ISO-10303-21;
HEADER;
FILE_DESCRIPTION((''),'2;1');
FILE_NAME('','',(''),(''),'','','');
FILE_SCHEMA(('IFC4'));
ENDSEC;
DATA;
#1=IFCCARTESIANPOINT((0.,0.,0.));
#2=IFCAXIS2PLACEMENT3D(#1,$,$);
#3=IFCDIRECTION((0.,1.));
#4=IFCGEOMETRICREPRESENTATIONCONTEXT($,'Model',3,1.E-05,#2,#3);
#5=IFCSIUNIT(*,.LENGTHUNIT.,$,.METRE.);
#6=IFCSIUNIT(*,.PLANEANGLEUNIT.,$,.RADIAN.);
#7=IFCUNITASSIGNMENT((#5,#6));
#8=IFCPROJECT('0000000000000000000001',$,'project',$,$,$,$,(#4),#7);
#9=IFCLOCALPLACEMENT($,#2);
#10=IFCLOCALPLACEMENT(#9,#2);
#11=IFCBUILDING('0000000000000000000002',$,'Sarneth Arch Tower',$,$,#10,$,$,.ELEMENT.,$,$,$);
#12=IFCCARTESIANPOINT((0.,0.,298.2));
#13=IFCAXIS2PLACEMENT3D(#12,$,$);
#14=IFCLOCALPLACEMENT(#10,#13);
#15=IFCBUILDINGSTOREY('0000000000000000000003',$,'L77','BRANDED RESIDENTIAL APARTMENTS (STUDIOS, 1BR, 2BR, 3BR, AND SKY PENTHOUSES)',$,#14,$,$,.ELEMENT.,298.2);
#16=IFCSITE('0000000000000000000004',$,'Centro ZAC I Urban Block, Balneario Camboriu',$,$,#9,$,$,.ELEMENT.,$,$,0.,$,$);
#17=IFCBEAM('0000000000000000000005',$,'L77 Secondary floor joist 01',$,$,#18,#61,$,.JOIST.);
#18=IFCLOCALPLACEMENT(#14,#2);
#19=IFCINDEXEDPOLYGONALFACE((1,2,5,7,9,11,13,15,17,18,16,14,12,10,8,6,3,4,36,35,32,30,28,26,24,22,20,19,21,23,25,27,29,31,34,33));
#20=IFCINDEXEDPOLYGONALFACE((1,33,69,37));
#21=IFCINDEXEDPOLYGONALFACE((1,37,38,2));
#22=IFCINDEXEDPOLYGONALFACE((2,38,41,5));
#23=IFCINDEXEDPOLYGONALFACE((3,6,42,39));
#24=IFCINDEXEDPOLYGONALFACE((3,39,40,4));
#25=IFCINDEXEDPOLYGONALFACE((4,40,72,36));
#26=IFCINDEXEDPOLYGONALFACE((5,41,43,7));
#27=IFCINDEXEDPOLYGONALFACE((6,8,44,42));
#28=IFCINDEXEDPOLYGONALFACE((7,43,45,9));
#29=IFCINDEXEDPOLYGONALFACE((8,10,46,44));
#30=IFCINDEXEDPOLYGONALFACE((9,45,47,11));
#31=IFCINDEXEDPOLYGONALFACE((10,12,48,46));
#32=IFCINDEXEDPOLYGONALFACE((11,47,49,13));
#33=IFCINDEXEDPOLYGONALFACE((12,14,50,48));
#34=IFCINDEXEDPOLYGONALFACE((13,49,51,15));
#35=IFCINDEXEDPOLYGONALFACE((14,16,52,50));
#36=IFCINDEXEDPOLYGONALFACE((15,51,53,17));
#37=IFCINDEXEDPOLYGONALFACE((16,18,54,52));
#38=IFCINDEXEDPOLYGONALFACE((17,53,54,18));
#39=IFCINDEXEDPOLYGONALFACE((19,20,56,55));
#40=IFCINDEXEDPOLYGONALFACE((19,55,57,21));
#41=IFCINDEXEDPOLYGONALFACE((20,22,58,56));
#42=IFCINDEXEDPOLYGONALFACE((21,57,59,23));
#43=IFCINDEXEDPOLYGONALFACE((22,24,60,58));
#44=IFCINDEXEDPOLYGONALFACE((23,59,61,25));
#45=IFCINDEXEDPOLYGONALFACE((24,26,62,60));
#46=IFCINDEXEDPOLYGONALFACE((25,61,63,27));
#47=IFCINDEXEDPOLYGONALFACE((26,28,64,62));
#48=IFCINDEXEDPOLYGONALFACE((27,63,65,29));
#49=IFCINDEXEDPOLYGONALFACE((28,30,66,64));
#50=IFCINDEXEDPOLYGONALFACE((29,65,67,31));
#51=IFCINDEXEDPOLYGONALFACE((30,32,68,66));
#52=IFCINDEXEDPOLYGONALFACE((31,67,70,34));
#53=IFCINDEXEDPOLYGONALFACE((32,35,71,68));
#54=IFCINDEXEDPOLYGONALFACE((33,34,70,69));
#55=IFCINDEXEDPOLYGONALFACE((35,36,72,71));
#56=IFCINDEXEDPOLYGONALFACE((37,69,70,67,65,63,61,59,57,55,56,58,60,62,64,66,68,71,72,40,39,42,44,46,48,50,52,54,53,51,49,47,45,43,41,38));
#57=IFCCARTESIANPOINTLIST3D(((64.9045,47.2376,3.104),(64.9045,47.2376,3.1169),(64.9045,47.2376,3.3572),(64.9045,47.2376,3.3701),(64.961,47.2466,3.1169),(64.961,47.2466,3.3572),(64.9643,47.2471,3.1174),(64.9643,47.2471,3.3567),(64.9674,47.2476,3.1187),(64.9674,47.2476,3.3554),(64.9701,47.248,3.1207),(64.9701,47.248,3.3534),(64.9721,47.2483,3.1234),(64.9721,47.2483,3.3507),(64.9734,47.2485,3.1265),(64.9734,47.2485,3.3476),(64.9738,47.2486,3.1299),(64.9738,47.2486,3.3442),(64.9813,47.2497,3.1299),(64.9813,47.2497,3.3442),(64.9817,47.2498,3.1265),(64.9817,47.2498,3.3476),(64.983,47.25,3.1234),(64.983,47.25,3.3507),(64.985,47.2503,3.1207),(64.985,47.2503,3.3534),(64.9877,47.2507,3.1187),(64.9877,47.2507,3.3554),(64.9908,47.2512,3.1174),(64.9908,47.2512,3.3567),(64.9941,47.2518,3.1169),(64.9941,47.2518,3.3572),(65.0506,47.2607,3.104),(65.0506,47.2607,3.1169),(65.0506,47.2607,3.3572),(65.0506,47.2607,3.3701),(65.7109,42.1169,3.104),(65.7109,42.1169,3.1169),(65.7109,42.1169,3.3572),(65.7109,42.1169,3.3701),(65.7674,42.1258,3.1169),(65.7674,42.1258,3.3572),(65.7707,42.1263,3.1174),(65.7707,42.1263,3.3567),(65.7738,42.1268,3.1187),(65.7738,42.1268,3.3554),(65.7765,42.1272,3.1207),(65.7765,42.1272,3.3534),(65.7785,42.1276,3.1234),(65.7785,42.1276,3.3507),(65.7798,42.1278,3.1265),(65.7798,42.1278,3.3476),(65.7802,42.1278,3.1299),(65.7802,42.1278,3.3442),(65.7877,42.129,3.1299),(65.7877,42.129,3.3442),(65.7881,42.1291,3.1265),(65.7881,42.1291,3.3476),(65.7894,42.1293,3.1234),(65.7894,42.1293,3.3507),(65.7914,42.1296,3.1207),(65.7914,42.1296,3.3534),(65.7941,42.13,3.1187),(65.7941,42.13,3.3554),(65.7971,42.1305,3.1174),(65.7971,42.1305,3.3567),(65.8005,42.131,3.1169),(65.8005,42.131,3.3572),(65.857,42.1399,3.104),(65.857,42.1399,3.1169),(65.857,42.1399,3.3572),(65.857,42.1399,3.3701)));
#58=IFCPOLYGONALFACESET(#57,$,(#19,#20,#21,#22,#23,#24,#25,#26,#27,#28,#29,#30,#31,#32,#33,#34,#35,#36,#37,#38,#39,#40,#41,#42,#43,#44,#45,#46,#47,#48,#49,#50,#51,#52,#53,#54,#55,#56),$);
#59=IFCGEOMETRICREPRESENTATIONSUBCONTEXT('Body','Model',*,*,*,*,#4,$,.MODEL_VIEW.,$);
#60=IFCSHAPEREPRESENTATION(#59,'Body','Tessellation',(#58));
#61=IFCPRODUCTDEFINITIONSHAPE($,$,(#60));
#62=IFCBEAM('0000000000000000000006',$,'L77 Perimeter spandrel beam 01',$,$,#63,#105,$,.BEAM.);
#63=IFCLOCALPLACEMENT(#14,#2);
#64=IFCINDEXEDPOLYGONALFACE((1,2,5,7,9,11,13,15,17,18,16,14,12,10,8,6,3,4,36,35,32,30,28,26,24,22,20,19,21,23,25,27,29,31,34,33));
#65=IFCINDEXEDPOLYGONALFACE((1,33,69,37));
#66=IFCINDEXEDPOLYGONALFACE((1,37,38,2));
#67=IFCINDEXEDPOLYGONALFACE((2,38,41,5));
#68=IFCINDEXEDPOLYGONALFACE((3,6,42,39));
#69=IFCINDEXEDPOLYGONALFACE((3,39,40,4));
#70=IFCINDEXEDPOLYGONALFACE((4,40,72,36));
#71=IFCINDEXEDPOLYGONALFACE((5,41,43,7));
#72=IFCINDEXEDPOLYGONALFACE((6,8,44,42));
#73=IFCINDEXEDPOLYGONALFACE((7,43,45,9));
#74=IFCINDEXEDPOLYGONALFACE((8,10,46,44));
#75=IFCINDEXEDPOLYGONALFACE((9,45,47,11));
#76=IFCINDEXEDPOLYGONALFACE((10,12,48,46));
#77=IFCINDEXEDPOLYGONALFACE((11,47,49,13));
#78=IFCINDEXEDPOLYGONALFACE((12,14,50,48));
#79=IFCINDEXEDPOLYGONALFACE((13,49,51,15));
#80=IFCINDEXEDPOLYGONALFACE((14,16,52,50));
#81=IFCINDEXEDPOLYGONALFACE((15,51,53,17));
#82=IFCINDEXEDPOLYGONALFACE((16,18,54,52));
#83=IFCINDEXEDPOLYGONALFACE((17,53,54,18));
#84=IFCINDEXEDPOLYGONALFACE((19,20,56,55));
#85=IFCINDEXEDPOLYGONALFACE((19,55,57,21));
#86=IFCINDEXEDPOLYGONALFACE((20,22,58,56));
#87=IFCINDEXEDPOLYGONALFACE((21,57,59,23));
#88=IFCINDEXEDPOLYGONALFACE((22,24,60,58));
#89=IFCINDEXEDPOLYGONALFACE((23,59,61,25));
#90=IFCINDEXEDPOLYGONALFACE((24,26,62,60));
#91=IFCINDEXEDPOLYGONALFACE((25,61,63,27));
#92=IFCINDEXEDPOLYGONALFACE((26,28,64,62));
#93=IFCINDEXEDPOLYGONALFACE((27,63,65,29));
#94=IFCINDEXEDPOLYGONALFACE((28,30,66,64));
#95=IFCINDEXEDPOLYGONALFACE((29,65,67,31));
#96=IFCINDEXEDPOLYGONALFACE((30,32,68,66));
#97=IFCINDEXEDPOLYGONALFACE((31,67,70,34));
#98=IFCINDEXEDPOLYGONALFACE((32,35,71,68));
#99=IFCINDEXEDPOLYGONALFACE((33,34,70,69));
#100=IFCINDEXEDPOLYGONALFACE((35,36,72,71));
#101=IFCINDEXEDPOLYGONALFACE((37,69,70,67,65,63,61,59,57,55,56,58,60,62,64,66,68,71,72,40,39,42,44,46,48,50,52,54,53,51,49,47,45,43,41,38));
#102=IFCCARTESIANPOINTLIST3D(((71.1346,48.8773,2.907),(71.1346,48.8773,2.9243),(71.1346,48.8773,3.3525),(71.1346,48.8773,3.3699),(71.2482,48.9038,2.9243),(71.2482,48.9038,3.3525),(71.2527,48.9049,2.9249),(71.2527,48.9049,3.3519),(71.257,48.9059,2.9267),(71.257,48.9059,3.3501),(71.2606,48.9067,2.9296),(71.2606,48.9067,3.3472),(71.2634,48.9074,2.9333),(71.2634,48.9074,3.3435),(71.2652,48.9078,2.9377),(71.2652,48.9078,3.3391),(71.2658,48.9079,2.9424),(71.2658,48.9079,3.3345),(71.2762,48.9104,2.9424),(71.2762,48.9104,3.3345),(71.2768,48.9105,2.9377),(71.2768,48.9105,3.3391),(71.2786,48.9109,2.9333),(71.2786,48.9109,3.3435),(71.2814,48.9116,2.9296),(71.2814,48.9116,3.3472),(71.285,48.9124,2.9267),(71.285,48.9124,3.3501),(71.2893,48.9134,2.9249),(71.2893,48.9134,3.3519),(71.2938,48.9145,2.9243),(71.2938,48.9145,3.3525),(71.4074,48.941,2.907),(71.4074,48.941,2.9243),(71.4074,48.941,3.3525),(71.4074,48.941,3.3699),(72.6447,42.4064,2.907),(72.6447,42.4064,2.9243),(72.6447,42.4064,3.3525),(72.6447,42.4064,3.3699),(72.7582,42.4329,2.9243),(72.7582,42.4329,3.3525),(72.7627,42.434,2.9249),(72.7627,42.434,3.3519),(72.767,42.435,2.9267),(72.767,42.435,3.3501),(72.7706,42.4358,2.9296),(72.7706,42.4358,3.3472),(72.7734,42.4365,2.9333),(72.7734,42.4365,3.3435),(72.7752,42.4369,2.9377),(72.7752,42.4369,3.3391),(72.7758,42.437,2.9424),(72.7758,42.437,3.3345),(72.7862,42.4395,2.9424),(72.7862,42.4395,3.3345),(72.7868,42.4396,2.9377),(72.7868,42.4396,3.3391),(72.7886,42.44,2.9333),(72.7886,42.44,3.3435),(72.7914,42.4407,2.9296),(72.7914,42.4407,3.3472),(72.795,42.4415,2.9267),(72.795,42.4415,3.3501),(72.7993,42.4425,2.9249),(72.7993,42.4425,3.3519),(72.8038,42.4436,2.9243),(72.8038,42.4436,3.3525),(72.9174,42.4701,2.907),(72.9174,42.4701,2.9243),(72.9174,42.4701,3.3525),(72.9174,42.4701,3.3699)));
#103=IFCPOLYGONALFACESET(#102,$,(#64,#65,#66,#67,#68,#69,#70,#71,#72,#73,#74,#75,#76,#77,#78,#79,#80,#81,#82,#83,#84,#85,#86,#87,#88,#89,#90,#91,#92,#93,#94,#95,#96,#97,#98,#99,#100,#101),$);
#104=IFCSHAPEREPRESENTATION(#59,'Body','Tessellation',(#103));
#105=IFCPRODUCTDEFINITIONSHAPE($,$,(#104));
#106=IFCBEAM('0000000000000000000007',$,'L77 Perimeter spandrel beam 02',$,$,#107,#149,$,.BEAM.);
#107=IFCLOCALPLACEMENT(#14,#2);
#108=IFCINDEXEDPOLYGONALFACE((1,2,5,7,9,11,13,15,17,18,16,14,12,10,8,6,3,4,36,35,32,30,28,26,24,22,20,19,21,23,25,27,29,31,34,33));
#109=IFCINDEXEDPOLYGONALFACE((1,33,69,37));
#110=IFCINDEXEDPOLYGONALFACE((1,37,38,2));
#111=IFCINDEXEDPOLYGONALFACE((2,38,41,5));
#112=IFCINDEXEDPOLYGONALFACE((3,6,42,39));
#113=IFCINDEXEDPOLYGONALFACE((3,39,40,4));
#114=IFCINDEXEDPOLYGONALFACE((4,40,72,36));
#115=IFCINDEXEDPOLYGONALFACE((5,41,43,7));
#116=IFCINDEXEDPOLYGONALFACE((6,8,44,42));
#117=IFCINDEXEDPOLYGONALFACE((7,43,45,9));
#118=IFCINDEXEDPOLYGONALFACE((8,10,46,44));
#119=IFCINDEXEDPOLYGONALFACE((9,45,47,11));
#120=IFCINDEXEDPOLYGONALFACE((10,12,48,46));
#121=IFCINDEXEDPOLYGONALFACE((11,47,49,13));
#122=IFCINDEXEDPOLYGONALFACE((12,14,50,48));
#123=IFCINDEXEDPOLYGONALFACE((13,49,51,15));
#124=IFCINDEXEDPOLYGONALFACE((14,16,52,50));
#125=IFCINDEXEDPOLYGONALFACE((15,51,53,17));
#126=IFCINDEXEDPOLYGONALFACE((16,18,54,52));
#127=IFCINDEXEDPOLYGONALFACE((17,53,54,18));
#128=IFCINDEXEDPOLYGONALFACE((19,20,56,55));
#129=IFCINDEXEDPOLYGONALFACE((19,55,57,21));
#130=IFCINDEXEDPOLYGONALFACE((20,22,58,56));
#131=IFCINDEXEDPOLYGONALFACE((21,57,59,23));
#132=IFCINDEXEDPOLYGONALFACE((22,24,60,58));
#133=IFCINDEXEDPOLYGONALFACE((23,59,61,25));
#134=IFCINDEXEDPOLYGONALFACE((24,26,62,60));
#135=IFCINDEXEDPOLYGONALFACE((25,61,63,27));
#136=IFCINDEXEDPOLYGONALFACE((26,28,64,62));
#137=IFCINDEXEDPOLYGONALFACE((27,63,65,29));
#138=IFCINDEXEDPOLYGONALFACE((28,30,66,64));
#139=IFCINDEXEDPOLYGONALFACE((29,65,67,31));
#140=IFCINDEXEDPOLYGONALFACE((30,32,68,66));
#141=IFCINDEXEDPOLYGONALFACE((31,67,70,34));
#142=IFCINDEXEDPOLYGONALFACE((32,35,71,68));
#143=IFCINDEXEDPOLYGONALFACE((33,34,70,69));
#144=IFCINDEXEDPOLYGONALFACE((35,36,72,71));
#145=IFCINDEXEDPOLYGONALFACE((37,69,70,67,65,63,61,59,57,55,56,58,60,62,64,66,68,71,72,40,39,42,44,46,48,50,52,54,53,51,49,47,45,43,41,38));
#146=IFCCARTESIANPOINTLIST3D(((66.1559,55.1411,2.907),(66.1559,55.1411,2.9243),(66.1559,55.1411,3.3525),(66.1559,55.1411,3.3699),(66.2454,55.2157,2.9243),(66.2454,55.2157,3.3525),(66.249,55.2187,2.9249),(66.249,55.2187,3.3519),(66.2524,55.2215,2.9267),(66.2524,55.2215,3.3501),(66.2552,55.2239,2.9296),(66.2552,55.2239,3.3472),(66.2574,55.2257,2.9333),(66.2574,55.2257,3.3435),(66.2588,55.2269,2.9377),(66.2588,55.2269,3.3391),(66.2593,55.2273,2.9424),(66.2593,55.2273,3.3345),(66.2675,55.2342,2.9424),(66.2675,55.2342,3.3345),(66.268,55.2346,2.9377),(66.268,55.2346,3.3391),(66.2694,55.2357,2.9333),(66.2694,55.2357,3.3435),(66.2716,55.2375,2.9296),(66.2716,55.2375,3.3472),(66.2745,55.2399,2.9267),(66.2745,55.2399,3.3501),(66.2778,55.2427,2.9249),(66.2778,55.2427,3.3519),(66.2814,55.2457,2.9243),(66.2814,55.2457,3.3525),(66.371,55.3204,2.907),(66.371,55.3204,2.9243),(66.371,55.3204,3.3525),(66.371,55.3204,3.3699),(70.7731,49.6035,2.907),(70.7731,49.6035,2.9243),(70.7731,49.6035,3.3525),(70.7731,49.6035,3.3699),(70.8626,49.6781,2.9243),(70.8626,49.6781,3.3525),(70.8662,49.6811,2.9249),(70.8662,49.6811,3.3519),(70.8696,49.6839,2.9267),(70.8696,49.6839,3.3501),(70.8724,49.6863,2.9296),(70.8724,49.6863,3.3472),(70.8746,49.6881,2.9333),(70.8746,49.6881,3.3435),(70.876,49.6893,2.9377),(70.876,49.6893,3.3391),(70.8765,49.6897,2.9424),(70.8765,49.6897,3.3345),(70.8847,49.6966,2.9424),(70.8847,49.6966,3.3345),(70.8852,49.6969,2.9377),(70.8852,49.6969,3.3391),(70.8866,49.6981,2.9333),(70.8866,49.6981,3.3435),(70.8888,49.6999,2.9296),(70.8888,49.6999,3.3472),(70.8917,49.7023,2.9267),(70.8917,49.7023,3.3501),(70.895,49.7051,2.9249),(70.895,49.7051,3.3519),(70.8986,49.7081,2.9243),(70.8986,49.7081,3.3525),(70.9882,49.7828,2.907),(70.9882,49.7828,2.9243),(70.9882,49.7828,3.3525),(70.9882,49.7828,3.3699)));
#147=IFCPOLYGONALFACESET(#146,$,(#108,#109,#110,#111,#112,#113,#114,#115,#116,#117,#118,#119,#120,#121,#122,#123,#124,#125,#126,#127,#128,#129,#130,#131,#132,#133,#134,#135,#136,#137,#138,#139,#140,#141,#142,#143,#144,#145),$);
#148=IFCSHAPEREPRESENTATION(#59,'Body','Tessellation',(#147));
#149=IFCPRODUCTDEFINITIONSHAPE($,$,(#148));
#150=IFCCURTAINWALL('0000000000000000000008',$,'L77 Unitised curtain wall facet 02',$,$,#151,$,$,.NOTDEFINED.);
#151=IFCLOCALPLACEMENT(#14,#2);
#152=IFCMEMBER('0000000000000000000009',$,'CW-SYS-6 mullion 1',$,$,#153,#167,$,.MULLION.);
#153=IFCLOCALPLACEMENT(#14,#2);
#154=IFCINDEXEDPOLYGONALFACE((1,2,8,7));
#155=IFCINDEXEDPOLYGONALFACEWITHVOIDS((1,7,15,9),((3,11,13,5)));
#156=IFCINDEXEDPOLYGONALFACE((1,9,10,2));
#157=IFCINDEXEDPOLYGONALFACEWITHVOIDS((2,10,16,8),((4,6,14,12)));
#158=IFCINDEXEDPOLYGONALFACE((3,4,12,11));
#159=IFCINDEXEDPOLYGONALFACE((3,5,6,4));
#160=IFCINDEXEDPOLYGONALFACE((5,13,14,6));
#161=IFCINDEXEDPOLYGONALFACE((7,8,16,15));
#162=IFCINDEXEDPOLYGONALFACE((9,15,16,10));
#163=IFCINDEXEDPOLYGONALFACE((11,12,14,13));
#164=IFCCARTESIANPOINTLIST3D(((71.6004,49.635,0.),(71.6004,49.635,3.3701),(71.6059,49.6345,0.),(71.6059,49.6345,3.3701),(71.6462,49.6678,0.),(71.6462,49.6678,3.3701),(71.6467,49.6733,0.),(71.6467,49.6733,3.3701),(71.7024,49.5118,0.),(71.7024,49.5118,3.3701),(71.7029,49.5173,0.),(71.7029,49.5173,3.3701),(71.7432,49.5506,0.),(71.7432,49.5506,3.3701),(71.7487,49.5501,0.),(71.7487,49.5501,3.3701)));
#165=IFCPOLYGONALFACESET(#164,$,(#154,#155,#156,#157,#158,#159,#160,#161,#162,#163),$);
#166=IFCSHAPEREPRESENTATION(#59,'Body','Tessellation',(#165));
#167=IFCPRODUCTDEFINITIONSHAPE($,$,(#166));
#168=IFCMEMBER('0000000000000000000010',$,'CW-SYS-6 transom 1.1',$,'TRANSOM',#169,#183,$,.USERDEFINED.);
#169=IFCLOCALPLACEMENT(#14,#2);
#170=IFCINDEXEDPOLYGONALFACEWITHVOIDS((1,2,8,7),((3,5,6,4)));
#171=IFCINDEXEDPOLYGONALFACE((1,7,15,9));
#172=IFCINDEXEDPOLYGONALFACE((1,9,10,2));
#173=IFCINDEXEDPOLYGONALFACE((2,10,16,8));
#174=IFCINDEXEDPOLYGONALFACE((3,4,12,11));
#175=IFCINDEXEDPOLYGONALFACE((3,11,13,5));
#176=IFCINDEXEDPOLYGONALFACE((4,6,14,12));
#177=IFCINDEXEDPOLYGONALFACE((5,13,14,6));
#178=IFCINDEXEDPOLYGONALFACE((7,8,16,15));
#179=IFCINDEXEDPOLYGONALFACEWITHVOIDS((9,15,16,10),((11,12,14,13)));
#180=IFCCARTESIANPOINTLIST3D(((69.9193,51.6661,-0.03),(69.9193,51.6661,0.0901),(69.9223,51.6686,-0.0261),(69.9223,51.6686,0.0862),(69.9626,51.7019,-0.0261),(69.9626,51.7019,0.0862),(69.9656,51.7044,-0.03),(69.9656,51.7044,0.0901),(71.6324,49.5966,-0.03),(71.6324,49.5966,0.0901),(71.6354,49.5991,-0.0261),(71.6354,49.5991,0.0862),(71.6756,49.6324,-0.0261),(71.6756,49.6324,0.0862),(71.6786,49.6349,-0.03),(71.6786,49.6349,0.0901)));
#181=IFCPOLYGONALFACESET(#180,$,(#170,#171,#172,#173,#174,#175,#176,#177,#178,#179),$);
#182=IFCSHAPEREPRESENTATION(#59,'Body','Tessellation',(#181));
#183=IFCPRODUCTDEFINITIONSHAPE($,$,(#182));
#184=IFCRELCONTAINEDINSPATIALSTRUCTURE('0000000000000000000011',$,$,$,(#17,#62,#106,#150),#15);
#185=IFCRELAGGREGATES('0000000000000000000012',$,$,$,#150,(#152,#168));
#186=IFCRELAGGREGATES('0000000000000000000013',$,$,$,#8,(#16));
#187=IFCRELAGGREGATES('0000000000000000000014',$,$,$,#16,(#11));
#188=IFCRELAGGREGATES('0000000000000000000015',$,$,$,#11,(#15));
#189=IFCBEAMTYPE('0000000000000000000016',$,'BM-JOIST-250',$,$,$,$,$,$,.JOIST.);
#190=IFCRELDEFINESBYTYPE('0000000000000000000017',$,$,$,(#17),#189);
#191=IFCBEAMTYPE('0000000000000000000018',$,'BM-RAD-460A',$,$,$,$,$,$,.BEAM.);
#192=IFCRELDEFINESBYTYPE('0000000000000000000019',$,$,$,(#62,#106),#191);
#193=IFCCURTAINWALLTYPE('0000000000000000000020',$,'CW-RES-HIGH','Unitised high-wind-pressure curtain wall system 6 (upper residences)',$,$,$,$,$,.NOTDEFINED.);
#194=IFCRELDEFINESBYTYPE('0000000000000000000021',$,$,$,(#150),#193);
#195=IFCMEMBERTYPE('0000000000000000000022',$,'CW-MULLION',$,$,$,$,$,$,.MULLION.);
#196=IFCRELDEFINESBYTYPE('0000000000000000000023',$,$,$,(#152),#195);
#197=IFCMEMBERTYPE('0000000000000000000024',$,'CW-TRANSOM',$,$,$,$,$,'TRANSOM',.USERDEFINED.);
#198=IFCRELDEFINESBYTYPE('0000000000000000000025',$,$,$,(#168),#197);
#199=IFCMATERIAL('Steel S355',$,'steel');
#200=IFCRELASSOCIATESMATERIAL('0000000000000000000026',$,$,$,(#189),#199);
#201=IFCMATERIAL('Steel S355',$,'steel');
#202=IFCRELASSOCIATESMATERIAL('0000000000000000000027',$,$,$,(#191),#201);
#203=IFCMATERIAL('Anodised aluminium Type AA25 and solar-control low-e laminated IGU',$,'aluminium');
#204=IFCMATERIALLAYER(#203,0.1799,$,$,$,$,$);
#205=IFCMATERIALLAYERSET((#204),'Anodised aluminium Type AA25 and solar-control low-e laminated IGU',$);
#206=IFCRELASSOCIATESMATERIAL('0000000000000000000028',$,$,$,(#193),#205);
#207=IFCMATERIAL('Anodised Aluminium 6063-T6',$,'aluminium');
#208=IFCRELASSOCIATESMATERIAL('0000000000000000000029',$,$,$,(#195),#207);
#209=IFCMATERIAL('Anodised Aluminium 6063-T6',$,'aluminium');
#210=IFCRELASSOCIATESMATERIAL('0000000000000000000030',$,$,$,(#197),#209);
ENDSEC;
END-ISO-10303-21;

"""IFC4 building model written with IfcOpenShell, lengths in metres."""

from ifc_helpers import new_model, si_unit, direction, frame, origin, origin_2d, place, context, subcontext, project, spatial, hollow_rectangle, i_section, extrude, material, layer, layer_set, material_profile, profile_set, type_object, element, aggregate, save


model = new_model("IFC4")

# Units and contexts
model_context = context("Model", 3, precision=1e-05, world=origin(), true_north=direction((0.0, 1.0)))
body_context = subcontext(model_context, "Body", "Model", "MODEL_VIEW")
ifc_project = project(units=[si_unit("LENGTHUNIT", "METRE"), si_unit("PLANEANGLEUNIT", "RADIAN")], contexts=[model_context])

# Site, building, storey
site_placement = place(None, origin())
site = spatial("IfcSite", under=ifc_project, at=site_placement, Name="Centro ZAC I Urban Block, Balneario Camboriu", CompositionType="ELEMENT", RefElevation=0.0)
building_placement = place(site_placement, origin())
building = spatial("IfcBuilding", under=site, at=building_placement, Name="Sarneth Arch Tower", CompositionType="ELEMENT")
storey_placement = place(building_placement, frame((0.0, 0.0, 298.2)))
storey = spatial("IfcBuildingStorey", under=building, at=storey_placement, Name="L77", Description="BRANDED RESIDENTIAL APARTMENTS (STUDIOS, 1BR, 2BR, 3BR, AND SKY PENTHOUSES)", CompositionType="ELEMENT", Elevation=298.2)

# Beams
ifc_material_1 = material(Name="Steel S355", Category="steel")
ifc_material_profile_1 = material_profile(ifc_material_1, i_section(OverallWidth=0.1479, OverallDepth=0.2661, WebThickness=0.0076, FlangeThickness=0.0129, FilletRadius=0.0129, at=origin_2d()), Name="W250x44.8")
ifc_profile_set_1 = profile_set([ifc_material_profile_1], Name="Steel S355")
beam_type_1 = type_object("IfcBeamType", Name="BM-JOIST-250", PredefinedType="JOIST", material=ifc_profile_set_1)
beam_1_placement = place(storey_placement, frame((65.7839, 42.1284, 3.2371), z_axis=(-0.155556, 0.987827, 0.0), x_axis=(-0.987827, -0.155556, 0.0)))
element("IfcBeam", 1, at=beam_1_placement, inside=storey, type_object=beam_type_1, Name="L77 Secondary floor joist 01", PredefinedType="JOIST", context=body_context, shape_type="SweptSolid", body=[
    extrude(i_section(OverallWidth=0.1479, OverallDepth=0.2661, WebThickness=0.0076, FlangeThickness=0.0129, FilletRadius=0.0129, at=origin_2d()), origin(), (0.0, 0.0, 1.0), 5.1838),
])
ifc_material_2 = material(Name="Steel S355", Category="steel")
ifc_material_profile_2 = material_profile(ifc_material_2, i_section(OverallWidth=0.28, OverallDepth=0.4629, WebThickness=0.0107, FlangeThickness=0.0173, FilletRadius=0.0181, at=origin_2d()), Name="W460x113")
ifc_profile_set_2 = profile_set([ifc_material_profile_2], Name="Steel S355")
beam_type_2 = type_object("IfcBeamType", Name="BM-RAD-460A", PredefinedType="BEAM", material=ifc_profile_set_2)
beam_2_placement = place(storey_placement, frame((72.781, 42.4382, 3.1384), z_axis=(-0.227247, 0.973837, 0.0), x_axis=(-0.973837, -0.227247, 0.0)))
element("IfcBeam", 2, at=beam_2_placement, inside=storey, type_object=beam_type_2, Name="L77 Perimeter spandrel beam 01", PredefinedType="BEAM", context=body_context, shape_type="SweptSolid", body=[
    extrude(i_section(OverallWidth=0.28, OverallDepth=0.4629, WebThickness=0.0107, FlangeThickness=0.0173, FilletRadius=0.0181, at=origin_2d()), origin(), (0.0, 0.0, 1.0), 6.6448),
])
beam_3_placement = place(storey_placement, frame((70.8806, 49.6931, 3.1384), z_axis=(-0.640391, 0.768049, 0.0), x_axis=(-0.768049, -0.640391, 0.0)))
element("IfcBeam", 3, at=beam_3_placement, inside=storey, type_object=beam_type_2, Name="L77 Perimeter spandrel beam 02", PredefinedType="BEAM", context=body_context, shape_type="SweptSolid", body=[
    extrude(i_section(OverallWidth=0.28, OverallDepth=0.4629, WebThickness=0.0107, FlangeThickness=0.0173, FilletRadius=0.0181, at=origin_2d()), origin(), (0.0, 0.0, 1.0), 7.21),
])

# Curtain wall, members
ifc_material_3 = material(Name="Anodised aluminium Type AA25 and solar-control low-e laminated IGU", Category="aluminium")
ifc_layer_1 = layer(ifc_material_3, 0.1799)
ifc_layer_set_1 = layer_set([ifc_layer_1], Name="Anodised aluminium Type AA25 and solar-control low-e laminated IGU")
curtain_wall_type = type_object("IfcCurtainWallType", Name="CW-RES-HIGH", Description="Unitised high-wind-pressure curtain wall system 6 (upper residences)", PredefinedType="NOTDEFINED", material=ifc_layer_set_1)
curtain_wall_placement = place(storey_placement, origin())
curtain_wall = element("IfcCurtainWall", 4, at=curtain_wall_placement, inside=storey, type_object=curtain_wall_type, Name="L77 Unitised curtain wall facet 02", PredefinedType="NOTDEFINED")
ifc_material_4 = material(Name="Anodised Aluminium 6063-T6", Category="aluminium")
ifc_material_profile_3 = material_profile(ifc_material_4, hollow_rectangle(XDim=0.0601, YDim=0.1599, WallThickness=0.0039, at=origin_2d()), Name="AL-MULL-160x60x4")
ifc_profile_set_3 = profile_set([ifc_material_profile_3], Name="Anodised Aluminium 6063-T6")
member_type_1 = type_object("IfcMemberType", Name="CW-MULLION", PredefinedType="MULLION", material=ifc_profile_set_3)
member_1_placement = place(storey_placement, frame((71.6746, 49.5925, 0.0), z_axis=(0.0, 0.0, 1.0), x_axis=(-0.770359, -0.63761, 0.0)))
member_1 = element("IfcMember", 5, at=member_1_placement, type_object=member_type_1, Name="CW-SYS-6 mullion 1", PredefinedType="MULLION", context=body_context, shape_type="SweptSolid", body=[
    extrude(hollow_rectangle(XDim=0.0601, YDim=0.1599, WallThickness=0.0039, at=origin_2d()), origin(), (0.0, 0.0, 1.0), 3.3701),
])
ifc_material_5 = material(Name="Anodised Aluminium 6063-T6", Category="aluminium")
ifc_material_profile_4 = material_profile(ifc_material_5, hollow_rectangle(XDim=0.0601, YDim=0.1201, WallThickness=0.0039, at=origin_2d()), Name="AL-TRAN-120x60x4")
ifc_profile_set_4 = profile_set([ifc_material_profile_4], Name="Anodised Aluminium 6063-T6")
member_type_2 = type_object("IfcMemberType", Name="CW-TRANSOM", ElementType="TRANSOM", PredefinedType="USERDEFINED", material=ifc_profile_set_4)
member_2_placement = place(storey_placement, frame((71.6555, 49.6157, 0.03), z_axis=(-0.637651, 0.770325, 0.0), x_axis=(-0.770325, -0.637651, 0.0)))
member_2 = element("IfcMember", 6, at=member_2_placement, type_object=member_type_2, Name="CW-SYS-6 transom 1.1", ObjectType="TRANSOM", PredefinedType="USERDEFINED", context=body_context, shape_type="SweptSolid", body=[
    extrude(hollow_rectangle(XDim=0.0601, YDim=0.1201, WallThickness=0.0039, at=origin_2d()), origin(), (0.0, 0.0, 1.0), 2.6865),
])

aggregate(curtain_wall, [member_1, member_2])

save(model, "model.ifc")
